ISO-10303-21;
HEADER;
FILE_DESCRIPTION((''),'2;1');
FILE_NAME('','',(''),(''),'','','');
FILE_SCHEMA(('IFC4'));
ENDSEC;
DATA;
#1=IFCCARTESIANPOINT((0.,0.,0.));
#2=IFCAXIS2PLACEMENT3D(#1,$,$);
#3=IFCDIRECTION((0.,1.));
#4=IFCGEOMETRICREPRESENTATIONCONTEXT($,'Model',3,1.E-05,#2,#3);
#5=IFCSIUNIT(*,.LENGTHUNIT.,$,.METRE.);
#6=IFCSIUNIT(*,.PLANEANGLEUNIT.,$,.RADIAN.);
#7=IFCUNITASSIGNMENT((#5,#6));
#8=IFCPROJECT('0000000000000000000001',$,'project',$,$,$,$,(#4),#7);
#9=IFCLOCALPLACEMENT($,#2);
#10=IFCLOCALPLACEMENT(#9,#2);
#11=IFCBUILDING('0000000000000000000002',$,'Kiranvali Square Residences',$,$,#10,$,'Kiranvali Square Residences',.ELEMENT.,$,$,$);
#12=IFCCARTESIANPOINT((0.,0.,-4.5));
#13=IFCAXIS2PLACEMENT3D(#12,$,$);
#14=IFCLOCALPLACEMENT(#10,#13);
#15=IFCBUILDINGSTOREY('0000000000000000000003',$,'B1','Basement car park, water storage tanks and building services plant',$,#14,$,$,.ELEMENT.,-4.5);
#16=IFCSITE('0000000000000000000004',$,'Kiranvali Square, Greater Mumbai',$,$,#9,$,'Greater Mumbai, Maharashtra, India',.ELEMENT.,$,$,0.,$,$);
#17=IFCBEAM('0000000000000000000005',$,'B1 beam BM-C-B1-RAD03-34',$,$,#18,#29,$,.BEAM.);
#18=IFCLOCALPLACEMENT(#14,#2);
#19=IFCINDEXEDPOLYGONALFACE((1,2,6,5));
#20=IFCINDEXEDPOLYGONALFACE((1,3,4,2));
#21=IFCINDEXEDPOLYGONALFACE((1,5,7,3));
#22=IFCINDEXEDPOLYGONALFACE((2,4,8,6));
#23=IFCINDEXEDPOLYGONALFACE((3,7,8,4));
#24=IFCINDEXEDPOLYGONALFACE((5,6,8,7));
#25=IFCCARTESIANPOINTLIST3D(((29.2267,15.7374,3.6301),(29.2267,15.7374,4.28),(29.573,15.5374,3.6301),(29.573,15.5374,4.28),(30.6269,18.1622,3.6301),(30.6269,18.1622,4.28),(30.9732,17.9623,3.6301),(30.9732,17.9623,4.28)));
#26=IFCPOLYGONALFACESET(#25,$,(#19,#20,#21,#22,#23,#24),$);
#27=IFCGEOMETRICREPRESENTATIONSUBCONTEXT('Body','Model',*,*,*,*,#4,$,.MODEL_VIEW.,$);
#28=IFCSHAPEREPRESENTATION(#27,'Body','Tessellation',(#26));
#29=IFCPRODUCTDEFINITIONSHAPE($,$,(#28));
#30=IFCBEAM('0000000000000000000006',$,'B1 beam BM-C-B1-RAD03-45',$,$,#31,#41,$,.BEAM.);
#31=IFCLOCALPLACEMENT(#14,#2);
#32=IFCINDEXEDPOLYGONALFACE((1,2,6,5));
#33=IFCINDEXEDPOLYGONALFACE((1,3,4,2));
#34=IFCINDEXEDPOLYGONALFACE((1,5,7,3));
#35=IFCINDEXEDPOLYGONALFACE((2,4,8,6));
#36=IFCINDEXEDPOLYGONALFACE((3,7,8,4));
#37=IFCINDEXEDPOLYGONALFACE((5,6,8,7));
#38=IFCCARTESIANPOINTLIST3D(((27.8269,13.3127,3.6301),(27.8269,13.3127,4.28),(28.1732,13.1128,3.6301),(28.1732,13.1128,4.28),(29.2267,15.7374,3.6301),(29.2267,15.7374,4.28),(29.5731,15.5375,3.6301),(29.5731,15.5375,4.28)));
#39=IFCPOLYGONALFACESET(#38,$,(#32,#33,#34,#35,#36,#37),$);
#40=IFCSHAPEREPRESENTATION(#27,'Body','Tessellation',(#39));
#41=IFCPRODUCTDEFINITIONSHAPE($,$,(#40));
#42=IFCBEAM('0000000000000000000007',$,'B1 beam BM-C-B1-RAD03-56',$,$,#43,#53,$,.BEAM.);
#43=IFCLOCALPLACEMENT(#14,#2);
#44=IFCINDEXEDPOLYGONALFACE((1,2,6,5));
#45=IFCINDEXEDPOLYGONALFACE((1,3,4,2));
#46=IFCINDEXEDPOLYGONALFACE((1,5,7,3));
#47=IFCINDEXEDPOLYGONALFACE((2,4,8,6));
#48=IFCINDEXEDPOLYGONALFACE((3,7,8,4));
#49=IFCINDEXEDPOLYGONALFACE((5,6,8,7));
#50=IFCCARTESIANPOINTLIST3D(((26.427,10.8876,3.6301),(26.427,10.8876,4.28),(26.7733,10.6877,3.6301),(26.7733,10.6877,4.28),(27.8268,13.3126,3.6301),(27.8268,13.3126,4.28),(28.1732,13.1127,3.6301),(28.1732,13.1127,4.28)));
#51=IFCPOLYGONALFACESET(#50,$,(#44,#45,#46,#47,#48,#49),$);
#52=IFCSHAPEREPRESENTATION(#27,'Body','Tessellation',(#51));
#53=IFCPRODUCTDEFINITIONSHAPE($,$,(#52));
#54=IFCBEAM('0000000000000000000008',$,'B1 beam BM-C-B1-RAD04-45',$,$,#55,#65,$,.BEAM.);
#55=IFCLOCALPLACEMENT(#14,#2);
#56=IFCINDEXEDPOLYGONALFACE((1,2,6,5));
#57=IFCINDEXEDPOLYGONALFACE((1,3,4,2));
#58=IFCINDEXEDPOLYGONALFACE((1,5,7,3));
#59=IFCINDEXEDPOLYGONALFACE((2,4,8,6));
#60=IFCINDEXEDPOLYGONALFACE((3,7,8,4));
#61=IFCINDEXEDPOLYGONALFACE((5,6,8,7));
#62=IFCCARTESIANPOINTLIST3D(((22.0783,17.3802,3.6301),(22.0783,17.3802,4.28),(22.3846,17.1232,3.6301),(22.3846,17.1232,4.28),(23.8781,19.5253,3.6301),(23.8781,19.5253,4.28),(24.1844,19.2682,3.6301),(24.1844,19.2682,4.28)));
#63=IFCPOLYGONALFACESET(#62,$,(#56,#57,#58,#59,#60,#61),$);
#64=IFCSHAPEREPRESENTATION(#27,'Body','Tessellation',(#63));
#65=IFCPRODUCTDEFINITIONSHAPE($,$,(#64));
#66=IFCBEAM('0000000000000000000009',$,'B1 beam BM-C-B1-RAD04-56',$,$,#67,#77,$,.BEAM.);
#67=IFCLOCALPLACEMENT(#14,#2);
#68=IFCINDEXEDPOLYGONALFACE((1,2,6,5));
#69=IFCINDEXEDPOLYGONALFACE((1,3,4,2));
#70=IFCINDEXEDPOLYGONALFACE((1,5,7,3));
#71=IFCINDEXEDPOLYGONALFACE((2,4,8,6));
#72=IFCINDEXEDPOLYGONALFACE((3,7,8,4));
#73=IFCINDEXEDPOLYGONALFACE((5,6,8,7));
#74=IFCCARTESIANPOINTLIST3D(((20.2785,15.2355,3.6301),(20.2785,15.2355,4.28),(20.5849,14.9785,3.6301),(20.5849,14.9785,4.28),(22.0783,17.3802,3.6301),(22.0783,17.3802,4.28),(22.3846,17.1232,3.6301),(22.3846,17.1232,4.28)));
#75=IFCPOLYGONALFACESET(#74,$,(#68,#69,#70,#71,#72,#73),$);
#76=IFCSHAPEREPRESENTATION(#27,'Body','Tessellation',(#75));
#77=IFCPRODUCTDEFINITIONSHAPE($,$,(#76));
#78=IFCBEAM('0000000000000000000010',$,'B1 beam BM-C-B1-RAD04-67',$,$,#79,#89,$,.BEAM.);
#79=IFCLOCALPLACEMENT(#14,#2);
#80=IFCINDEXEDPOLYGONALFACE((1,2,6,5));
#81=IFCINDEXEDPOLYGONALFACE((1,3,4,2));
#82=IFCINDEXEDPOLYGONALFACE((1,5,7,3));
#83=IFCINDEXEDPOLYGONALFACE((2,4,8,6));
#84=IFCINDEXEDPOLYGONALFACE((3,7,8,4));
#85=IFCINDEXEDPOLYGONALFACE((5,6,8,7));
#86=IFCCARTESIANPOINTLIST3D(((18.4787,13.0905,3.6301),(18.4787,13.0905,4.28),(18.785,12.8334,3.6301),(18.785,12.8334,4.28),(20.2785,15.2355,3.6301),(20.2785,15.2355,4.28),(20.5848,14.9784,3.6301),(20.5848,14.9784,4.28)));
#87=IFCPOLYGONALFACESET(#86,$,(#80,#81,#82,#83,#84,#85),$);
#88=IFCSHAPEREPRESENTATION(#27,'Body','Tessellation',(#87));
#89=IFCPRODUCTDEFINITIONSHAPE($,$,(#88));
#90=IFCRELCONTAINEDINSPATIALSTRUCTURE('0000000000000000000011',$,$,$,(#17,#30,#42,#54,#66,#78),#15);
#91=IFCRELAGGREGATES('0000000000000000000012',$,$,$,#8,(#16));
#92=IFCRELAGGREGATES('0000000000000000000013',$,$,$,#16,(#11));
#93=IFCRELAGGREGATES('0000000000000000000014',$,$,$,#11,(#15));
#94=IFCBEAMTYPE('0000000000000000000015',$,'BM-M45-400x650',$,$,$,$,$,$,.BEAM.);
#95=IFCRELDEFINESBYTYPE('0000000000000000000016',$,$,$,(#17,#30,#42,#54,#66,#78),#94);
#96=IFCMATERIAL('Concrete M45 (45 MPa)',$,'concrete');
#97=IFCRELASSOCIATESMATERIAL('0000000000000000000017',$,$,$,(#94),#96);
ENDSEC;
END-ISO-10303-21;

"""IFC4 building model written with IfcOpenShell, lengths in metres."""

from ifc_helpers import new_model, si_unit, direction, frame, origin, origin_2d, place, context, subcontext, project, spatial, rectangle, extrude, material, material_profile, profile_set, type_object, element, save


model = new_model("IFC4")

# Units and contexts
model_context = context("Model", 3, precision=1e-05, world=origin(), true_north=direction((0.0, 1.0)))
body_context = subcontext(model_context, "Body", "Model", "MODEL_VIEW")
ifc_project = project(units=[si_unit("LENGTHUNIT", "METRE"), si_unit("PLANEANGLEUNIT", "RADIAN")], contexts=[model_context])

# Site, building, storey
site_placement = place(None, origin())
site = spatial("IfcSite", under=ifc_project, at=site_placement, Name="Kiranvali Square, Greater Mumbai", LongName="Greater Mumbai, Maharashtra, India", CompositionType="ELEMENT", RefElevation=0.0)
building_placement = place(site_placement, origin())
building = spatial("IfcBuilding", under=site, at=building_placement, Name="Kiranvali Square Residences", LongName="Kiranvali Square Residences", CompositionType="ELEMENT")
storey_placement = place(building_placement, frame((0.0, 0.0, -4.5)))
storey = spatial("IfcBuildingStorey", under=building, at=storey_placement, Name="B1", Description="Basement car park, water storage tanks and building services plant", CompositionType="ELEMENT", Elevation=-4.5)

# Beams
ifc_material_1 = material(Name="Concrete M45 (45 MPa)", Category="concrete")
ifc_material_profile_1 = material_profile(ifc_material_1, rectangle(XDim=0.3999, YDim=0.6499, at=origin_2d()), Name="RC 400x650")
ifc_profile_set_1 = profile_set([ifc_material_profile_1], Name="Concrete M45 (45 MPa)")
beam_type = type_object("IfcBeamType", Name="BM-M45-400x650", PredefinedType="BEAM", material=ifc_profile_set_1)
beam_1_placement = place(storey_placement, frame((30.8, 18.0623, 3.9551), z_axis=(-0.50005, -0.865997, 0.0), x_axis=(0.865997, -0.50005, 0.0)))
element("IfcBeam", 1, at=beam_1_placement, inside=storey, type_object=beam_type, Name="B1 beam BM-C-B1-RAD03-34", PredefinedType="BEAM", context=body_context, shape_type="SweptSolid", body=[
    extrude(rectangle(XDim=0.3999, YDim=0.6499, at=origin_2d()), origin(), (0.0, 0.0, 1.0), 2.8),
])
beam_2_placement = place(storey_placement, frame((29.3999, 15.6375, 3.9551), z_axis=(-0.499984, -0.866035, 0.0), x_axis=(0.866035, -0.499984, 0.0)))
element("IfcBeam", 2, at=beam_2_placement, inside=storey, type_object=beam_type, Name="B1 beam BM-C-B1-RAD03-45", PredefinedType="BEAM", context=body_context, shape_type="SweptSolid", body=[
    extrude(rectangle(XDim=0.3999, YDim=0.6499, at=origin_2d()), origin(), (0.0, 0.0, 1.0), 2.7998),
])
for number, where, z_axis, x_axis, name in (
    (3, (28.0, 13.2126, 3.9551), (-0.499946, -0.866056, 0.0), (0.866056, -0.499946, 0.0), "B1 beam BM-C-B1-RAD03-56"),
    (4, (24.0312, 19.3967, 3.9551), (-0.642771, -0.766059, 0.0), (0.766059, -0.642771, 0.0), "B1 beam BM-C-B1-RAD04-45"),
):
    element("IfcBeam", number, at=place(storey_placement, frame(where, z_axis=z_axis, x_axis=x_axis)), inside=storey, type_object=beam_type, Name=name, PredefinedType="BEAM", context=body_context, shape_type="SweptSolid", body=[
        extrude(rectangle(XDim=0.3999, YDim=0.6499, at=origin_2d()), origin(), (0.0, 0.0, 1.0), 2.8),
    ])
beam_3_placement = place(storey_placement, frame((22.2314, 17.2517, 3.9551), z_axis=(-0.642814, -0.766023, 0.0), x_axis=(0.766023, -0.642814, 0.0)))
element("IfcBeam", 5, at=beam_3_placement, inside=storey, type_object=beam_type, Name="B1 beam BM-C-B1-RAD04-56", PredefinedType="BEAM", context=body_context, shape_type="SweptSolid", body=[
    extrude(rectangle(XDim=0.3999, YDim=0.6499, at=origin_2d()), origin(), (0.0, 0.0, 1.0), 2.7998),
])
beam_4_placement = place(storey_placement, frame((20.4316, 15.1069, 3.9551), z_axis=(-0.642771, -0.766059, 0.0), x_axis=(0.766059, -0.642771, 0.0)))
element("IfcBeam", 6, at=beam_4_placement, inside=storey, type_object=beam_type, Name="B1 beam BM-C-B1-RAD04-67", PredefinedType="BEAM", context=body_context, shape_type="SweptSolid", body=[
    extrude(rectangle(XDim=0.3999, YDim=0.6499, at=origin_2d()), origin(), (0.0, 0.0, 1.0), 2.8),
])

save(model, "model.ifc")
